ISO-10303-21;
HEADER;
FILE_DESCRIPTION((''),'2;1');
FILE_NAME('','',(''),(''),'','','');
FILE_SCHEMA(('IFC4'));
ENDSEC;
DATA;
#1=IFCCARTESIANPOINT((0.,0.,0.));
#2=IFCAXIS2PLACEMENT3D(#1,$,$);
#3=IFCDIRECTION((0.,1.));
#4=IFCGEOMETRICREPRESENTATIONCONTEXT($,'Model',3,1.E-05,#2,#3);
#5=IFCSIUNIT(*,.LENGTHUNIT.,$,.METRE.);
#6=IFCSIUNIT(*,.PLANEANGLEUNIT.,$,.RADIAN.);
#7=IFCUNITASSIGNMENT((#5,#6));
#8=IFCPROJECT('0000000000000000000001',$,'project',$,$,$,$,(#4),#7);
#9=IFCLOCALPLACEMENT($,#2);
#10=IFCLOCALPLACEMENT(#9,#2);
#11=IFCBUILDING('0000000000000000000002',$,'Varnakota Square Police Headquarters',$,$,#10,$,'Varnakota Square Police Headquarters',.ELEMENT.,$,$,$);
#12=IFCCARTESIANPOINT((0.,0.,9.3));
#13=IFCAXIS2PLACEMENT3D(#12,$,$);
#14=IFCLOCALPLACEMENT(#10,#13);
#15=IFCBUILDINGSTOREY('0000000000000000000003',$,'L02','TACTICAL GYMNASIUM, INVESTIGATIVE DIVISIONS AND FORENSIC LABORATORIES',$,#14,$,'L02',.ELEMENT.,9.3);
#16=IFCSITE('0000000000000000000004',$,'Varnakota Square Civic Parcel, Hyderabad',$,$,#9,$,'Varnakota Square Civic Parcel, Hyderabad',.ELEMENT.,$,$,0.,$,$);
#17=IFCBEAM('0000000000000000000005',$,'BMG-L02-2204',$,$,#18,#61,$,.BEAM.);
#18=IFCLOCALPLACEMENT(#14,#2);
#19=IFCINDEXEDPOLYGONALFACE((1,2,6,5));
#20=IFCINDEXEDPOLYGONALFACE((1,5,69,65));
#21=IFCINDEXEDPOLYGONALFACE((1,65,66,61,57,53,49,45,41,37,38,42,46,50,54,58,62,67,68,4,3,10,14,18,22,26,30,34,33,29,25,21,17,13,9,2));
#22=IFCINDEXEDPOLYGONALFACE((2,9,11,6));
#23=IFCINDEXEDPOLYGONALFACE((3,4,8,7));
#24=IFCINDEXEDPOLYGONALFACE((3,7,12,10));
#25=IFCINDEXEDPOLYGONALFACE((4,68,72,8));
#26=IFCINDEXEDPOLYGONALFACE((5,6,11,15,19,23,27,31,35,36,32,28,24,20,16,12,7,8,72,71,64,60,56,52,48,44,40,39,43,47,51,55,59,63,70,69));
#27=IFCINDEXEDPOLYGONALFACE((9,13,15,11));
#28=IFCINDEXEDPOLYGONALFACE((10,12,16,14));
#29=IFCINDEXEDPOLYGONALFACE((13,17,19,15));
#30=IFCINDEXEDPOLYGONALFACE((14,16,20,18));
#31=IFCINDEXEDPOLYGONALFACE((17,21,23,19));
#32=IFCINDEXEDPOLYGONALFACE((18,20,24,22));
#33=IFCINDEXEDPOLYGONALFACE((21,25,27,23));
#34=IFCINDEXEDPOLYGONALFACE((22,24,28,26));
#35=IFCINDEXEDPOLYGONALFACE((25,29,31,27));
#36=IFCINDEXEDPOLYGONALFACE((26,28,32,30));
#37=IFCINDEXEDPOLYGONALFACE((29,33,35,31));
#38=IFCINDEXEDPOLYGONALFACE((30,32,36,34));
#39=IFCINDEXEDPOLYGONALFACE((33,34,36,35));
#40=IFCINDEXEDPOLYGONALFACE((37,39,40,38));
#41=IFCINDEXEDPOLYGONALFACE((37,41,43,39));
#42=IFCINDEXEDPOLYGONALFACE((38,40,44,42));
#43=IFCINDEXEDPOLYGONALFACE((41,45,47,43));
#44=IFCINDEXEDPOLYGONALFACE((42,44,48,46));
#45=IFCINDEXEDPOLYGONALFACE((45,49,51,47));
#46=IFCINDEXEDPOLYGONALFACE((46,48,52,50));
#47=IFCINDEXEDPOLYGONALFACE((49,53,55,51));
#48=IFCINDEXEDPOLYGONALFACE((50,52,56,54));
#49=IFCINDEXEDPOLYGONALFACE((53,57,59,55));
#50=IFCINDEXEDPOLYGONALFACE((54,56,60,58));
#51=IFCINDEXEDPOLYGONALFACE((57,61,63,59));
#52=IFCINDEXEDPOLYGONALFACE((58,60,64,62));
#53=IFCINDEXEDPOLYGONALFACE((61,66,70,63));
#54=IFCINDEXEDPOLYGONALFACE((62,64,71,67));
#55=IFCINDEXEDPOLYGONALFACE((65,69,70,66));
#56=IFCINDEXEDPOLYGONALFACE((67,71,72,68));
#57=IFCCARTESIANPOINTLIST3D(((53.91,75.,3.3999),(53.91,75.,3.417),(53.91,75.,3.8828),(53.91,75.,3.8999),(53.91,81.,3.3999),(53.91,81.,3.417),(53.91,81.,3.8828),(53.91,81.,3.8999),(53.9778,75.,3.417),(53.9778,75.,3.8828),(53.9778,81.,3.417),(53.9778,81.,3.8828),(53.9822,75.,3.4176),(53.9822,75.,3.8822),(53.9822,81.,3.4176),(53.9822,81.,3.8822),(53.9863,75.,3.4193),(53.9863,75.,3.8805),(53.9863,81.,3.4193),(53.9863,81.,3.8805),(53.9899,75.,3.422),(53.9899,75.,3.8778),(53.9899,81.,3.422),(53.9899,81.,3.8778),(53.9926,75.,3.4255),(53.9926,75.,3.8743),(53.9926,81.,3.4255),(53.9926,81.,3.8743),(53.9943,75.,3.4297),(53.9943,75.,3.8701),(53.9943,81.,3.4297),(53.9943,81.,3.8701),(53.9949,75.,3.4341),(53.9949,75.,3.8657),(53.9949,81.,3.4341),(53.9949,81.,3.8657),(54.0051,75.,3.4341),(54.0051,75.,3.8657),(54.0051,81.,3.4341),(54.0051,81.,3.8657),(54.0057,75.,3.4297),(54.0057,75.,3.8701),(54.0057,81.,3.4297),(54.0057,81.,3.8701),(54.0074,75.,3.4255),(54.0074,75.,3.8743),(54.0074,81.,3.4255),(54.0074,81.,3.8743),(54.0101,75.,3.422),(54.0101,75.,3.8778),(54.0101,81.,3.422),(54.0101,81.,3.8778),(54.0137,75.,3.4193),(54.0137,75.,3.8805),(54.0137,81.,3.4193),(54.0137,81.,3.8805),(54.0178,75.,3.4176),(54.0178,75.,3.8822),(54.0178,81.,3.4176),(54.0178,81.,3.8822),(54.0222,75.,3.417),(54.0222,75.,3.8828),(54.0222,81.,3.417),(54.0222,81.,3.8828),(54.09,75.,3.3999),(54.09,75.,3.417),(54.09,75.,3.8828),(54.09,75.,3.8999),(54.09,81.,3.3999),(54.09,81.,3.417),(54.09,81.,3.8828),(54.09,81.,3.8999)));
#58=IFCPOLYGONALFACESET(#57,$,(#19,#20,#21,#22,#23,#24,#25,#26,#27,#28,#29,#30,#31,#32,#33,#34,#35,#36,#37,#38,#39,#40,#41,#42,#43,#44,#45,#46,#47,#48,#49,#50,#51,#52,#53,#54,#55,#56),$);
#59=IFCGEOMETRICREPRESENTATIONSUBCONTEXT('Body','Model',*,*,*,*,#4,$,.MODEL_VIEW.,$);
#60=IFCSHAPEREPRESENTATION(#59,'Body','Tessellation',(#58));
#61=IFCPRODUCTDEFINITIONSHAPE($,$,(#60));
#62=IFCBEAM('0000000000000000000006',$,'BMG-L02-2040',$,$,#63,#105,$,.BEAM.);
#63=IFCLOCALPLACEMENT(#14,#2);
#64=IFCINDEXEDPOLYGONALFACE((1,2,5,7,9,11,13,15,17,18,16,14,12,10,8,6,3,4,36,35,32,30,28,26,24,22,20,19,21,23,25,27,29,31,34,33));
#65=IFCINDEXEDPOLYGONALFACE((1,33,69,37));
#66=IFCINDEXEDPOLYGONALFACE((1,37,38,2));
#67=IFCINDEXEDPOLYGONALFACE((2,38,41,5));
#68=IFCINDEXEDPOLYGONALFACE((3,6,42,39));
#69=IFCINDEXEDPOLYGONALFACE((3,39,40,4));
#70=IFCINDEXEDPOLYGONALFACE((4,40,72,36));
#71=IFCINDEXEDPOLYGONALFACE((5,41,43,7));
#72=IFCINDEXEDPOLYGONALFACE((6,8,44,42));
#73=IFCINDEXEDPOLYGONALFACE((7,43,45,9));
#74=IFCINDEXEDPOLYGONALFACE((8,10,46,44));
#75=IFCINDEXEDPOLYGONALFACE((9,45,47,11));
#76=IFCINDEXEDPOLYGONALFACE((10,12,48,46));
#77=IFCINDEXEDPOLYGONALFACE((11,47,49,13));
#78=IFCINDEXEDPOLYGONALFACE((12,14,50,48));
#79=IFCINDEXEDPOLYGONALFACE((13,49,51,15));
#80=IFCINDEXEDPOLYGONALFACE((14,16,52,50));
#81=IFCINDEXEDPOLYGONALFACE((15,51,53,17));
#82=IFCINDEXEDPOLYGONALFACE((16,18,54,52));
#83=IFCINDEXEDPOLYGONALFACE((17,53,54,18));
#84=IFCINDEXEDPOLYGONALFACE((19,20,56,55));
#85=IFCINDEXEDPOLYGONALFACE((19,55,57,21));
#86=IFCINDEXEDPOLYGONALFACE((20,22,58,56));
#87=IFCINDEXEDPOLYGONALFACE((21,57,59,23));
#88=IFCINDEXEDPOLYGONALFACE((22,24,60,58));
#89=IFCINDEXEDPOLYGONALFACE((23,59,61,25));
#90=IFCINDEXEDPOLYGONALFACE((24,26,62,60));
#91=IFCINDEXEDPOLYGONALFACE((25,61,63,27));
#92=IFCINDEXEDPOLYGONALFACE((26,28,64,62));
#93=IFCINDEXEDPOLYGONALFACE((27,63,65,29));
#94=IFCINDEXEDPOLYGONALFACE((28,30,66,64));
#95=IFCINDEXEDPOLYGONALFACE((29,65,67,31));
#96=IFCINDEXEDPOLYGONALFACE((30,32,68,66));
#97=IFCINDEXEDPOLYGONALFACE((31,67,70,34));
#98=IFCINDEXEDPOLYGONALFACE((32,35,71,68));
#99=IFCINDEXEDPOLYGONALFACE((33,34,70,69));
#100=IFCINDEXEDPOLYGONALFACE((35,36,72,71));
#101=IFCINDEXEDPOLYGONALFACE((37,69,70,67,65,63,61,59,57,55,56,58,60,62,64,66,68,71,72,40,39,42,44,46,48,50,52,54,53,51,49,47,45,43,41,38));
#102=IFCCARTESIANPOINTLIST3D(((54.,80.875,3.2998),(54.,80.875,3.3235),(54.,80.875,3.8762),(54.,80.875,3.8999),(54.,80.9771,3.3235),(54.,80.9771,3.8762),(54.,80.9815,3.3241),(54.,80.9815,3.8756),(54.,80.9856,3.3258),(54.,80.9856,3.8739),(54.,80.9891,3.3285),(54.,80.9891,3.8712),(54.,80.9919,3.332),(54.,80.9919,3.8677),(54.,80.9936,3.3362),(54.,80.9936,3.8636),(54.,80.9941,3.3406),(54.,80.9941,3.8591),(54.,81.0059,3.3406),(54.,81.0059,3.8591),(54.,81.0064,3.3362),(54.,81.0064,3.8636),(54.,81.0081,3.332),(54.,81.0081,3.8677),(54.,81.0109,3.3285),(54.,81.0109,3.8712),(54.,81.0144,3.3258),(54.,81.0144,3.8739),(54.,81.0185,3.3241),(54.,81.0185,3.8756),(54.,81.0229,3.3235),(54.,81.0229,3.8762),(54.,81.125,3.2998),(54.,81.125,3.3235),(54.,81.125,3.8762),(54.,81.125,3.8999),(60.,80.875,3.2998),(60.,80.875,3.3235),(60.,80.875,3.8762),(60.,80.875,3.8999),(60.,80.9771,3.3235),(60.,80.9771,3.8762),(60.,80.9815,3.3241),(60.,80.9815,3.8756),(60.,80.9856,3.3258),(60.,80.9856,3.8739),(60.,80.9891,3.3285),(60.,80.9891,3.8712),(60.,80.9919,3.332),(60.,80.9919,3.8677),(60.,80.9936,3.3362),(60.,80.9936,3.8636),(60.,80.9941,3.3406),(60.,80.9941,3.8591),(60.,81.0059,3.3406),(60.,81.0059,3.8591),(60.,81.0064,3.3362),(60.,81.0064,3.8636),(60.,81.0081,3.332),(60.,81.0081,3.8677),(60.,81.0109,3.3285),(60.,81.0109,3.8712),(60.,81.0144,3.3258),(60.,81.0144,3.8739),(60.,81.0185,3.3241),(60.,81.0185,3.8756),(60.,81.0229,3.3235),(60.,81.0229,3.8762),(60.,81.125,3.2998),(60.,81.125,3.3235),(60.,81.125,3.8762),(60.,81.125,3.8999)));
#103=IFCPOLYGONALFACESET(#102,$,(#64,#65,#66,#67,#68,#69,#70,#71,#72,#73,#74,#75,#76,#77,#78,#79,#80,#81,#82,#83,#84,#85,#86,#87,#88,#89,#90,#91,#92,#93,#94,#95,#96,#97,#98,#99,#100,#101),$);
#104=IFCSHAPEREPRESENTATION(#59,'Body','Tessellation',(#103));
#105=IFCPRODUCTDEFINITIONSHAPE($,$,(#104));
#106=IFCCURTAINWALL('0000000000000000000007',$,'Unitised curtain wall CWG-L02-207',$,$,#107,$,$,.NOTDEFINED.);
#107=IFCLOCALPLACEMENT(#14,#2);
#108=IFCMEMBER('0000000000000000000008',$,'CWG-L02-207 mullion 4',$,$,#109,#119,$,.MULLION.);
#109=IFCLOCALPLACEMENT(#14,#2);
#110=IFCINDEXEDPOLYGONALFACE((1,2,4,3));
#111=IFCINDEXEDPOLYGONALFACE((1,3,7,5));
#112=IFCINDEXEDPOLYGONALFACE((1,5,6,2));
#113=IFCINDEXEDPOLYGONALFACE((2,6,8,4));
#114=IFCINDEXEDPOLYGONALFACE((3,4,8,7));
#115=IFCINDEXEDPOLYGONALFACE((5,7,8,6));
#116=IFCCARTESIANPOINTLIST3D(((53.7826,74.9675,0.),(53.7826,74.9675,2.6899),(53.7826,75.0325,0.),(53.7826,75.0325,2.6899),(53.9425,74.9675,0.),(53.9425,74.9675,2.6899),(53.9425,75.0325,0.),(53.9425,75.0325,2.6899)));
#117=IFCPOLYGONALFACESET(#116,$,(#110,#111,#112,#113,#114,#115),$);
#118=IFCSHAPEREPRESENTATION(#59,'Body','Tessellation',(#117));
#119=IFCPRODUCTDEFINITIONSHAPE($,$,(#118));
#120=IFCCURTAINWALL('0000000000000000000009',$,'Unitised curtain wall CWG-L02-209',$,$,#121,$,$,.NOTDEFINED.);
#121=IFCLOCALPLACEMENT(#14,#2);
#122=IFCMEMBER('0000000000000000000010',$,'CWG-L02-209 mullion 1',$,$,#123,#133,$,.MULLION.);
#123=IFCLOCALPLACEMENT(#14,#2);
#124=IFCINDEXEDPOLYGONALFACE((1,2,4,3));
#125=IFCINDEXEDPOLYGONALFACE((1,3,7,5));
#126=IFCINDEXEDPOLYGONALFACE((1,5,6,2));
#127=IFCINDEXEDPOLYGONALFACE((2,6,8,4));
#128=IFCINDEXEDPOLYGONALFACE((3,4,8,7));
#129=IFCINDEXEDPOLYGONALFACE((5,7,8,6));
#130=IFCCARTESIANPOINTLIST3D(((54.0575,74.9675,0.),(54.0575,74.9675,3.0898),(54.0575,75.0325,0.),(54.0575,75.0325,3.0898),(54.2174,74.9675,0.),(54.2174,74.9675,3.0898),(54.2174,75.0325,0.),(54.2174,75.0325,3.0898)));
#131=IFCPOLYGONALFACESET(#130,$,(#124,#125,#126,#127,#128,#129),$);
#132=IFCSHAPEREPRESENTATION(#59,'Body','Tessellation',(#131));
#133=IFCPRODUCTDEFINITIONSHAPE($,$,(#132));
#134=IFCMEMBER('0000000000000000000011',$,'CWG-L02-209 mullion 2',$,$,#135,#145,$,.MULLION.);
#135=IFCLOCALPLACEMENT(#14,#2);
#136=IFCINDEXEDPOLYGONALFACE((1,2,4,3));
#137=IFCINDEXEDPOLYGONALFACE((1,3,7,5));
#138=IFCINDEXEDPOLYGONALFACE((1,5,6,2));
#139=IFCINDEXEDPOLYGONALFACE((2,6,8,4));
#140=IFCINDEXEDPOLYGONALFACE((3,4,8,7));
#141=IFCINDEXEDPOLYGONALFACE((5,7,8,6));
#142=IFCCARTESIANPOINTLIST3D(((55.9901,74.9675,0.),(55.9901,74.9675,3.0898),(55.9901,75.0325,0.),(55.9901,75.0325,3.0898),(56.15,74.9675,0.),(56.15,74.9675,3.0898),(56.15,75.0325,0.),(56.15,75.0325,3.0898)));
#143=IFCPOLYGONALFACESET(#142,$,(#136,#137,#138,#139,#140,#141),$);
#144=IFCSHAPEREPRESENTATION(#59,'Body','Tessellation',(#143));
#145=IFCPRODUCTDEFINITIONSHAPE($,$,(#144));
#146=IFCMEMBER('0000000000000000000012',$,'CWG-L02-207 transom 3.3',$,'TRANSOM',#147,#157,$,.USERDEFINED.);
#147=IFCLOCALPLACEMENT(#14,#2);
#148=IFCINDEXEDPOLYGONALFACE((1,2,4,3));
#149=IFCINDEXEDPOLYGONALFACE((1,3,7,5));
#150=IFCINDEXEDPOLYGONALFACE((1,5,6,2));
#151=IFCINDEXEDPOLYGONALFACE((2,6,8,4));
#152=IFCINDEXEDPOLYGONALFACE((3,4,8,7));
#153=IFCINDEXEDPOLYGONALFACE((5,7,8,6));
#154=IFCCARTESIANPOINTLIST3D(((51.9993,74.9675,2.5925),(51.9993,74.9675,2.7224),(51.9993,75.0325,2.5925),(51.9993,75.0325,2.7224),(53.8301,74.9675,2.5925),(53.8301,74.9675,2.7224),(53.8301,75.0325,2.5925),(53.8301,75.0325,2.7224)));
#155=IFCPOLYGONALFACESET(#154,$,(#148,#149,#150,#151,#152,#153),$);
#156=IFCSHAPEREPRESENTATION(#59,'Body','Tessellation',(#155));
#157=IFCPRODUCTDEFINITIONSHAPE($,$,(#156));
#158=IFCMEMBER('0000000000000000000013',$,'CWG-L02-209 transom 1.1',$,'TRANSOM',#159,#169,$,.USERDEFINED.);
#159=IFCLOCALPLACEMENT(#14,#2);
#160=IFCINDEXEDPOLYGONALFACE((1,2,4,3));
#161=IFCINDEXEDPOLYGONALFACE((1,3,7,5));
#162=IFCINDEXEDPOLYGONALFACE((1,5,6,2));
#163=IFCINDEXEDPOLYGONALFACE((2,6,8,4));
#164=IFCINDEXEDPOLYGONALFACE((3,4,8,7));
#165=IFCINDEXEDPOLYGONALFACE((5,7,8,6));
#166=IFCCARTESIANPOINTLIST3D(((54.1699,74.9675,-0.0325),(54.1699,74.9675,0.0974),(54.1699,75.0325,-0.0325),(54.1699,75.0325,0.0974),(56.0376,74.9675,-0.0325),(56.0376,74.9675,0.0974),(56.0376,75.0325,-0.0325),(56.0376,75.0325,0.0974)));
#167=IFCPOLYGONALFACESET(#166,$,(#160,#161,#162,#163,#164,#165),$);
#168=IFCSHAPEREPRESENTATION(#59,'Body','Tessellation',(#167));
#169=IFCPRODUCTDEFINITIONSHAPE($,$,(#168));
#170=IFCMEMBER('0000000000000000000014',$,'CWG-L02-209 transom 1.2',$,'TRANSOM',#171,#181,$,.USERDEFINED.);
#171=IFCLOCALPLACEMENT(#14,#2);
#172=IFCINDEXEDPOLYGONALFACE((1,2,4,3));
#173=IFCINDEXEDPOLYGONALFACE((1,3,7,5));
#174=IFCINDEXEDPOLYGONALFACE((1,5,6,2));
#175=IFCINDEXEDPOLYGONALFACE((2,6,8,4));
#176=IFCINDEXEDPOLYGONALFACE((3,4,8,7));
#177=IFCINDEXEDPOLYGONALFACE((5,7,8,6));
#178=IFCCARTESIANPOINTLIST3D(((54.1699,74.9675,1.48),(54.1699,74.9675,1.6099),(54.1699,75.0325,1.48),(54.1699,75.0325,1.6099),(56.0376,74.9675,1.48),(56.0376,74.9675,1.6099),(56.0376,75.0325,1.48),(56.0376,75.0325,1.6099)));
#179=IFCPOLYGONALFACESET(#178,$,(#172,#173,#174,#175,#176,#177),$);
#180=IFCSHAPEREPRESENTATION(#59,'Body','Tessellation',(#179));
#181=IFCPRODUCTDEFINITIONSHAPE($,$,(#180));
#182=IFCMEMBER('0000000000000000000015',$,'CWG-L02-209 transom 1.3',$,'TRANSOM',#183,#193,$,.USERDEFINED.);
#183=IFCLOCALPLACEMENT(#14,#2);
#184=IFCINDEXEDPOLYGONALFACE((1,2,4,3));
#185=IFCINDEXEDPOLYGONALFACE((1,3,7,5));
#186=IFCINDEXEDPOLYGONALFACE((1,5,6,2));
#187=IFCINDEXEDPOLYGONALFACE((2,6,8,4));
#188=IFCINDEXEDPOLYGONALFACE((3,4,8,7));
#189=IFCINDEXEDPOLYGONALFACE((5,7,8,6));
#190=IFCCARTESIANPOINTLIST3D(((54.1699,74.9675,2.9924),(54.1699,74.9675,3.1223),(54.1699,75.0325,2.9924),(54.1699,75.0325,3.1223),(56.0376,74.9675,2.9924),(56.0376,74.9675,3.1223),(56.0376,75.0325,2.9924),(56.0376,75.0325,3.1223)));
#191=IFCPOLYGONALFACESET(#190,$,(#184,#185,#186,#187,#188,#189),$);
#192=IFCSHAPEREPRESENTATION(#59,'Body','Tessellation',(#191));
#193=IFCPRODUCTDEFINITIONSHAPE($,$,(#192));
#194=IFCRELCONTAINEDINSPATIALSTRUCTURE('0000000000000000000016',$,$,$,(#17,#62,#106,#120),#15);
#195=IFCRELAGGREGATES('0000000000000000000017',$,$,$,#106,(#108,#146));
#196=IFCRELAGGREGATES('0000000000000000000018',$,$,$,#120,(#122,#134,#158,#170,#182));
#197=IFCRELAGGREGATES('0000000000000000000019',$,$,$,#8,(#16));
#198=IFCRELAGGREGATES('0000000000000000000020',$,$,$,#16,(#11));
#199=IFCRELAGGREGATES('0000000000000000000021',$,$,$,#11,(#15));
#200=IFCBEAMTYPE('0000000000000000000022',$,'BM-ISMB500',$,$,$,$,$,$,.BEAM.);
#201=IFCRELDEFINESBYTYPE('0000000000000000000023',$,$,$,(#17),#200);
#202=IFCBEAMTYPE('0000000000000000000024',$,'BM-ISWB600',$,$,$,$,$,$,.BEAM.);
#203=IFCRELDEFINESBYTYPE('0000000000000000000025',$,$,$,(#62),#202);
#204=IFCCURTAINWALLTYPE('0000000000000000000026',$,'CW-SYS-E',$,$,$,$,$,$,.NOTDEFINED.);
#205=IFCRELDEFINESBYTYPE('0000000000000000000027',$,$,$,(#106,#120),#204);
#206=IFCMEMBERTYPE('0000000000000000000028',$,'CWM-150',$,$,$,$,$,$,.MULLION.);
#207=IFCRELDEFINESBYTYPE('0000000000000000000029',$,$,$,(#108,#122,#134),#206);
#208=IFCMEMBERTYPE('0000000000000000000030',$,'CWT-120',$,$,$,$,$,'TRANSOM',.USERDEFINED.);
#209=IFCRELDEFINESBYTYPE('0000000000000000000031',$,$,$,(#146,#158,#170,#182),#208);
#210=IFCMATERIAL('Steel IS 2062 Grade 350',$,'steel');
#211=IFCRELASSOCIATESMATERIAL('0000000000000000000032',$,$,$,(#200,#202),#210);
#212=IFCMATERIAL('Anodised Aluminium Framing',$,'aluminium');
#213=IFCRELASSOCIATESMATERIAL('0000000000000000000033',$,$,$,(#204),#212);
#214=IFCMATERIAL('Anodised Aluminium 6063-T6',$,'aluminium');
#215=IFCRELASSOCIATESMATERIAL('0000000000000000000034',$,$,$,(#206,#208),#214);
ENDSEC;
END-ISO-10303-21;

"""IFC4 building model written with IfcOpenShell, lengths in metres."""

from ifc_helpers import new_model, si_unit, direction, frame, origin, origin_2d, place, context, subcontext, project, spatial, rectangle, i_section, extrude, material, material_profile, profile_set, type_object, element, aggregate, save


model = new_model("IFC4")

# Units and contexts
model_context = context("Model", 3, precision=1e-05, world=origin(), true_north=direction((0.0, 1.0)))
body_context = subcontext(model_context, "Body", "Model", "MODEL_VIEW")
ifc_project = project(units=[si_unit("LENGTHUNIT", "METRE"), si_unit("PLANEANGLEUNIT", "RADIAN")], contexts=[model_context])

# Site, building, storey
site_placement = place(None, origin())
site = spatial("IfcSite", under=ifc_project, at=site_placement, Name="Varnakota Square Civic Parcel, Hyderabad", LongName="Varnakota Square Civic Parcel, Hyderabad", CompositionType="ELEMENT", RefElevation=0.0)
building_placement = place(site_placement, origin())
building = spatial("IfcBuilding", under=site, at=building_placement, Name="Varnakota Square Police Headquarters", LongName="Varnakota Square Police Headquarters", CompositionType="ELEMENT")
storey_placement = place(building_placement, frame((0.0, 0.0, 9.3)))
storey = spatial("IfcBuildingStorey", under=building, at=storey_placement, Name="L02", Description="TACTICAL GYMNASIUM, INVESTIGATIVE DIVISIONS AND FORENSIC LABORATORIES", LongName="L02", CompositionType="ELEMENT", Elevation=9.3)

# Shared definitions
ifc_material_1 = material(Name="Steel IS 2062 Grade 350", Category="steel")

# Beams
ifc_material_profile_1 = material_profile(ifc_material_1, i_section(OverallWidth=0.1799, OverallDepth=0.5, WebThickness=0.0103, FlangeThickness=0.0171, FilletRadius=0.0171, at=origin_2d()), Name="ISMB 500")
ifc_profile_set_1 = profile_set([ifc_material_profile_1], Name="Steel IS 2062 Grade 350")
beam_type_1 = type_object("IfcBeamType", Name="BM-ISMB500", PredefinedType="BEAM", material=ifc_profile_set_1)
beam_1_placement = place(storey_placement, frame((54.0, 75.0, 3.6499), z_axis=(0.0, 1.0, 0.0), x_axis=(-1.0, 0.0, 0.0)))
element("IfcBeam", 1, at=beam_1_placement, inside=storey, type_object=beam_type_1, Name="BMG-L02-2204", PredefinedType="BEAM", context=body_context, shape_type="SweptSolid", body=[
    extrude(i_section(OverallWidth=0.1799, OverallDepth=0.5, WebThickness=0.0103, FlangeThickness=0.0171, FilletRadius=0.0171, at=origin_2d()), origin(), (0.0, 0.0, 1.0), 6.0),
])
ifc_material_profile_2 = material_profile(ifc_material_1, i_section(OverallWidth=0.25, OverallDepth=0.6001, WebThickness=0.0117, FlangeThickness=0.0237, FilletRadius=0.0171, at=origin_2d()), Name="ISWB 600")
ifc_profile_set_2 = profile_set([ifc_material_profile_2], Name="Steel IS 2062 Grade 350")
beam_type_2 = type_object("IfcBeamType", Name="BM-ISWB600", PredefinedType="BEAM", material=ifc_profile_set_2)
beam_2_placement = place(storey_placement, frame((54.0, 81.0, 3.5999), z_axis=(1.0, 0.0, 0.0), x_axis=(0.0, 1.0, 0.0)))
element("IfcBeam", 2, at=beam_2_placement, inside=storey, type_object=beam_type_2, Name="BMG-L02-2040", PredefinedType="BEAM", context=body_context, shape_type="SweptSolid", body=[
    extrude(i_section(OverallWidth=0.25, OverallDepth=0.6001, WebThickness=0.0117, FlangeThickness=0.0237, FilletRadius=0.0171, at=origin_2d()), origin(), (0.0, 0.0, 1.0), 6.0),
])

# Curtain wall, member
ifc_material_2 = material(Name="Anodised Aluminium Framing", Category="aluminium")
curtain_wall_type = type_object("IfcCurtainWallType", Name="CW-SYS-E", PredefinedType="NOTDEFINED", material=ifc_material_2)
curtain_wall_1_placement = place(storey_placement, origin())
curtain_wall_1 = element("IfcCurtainWall", 3, at=curtain_wall_1_placement, inside=storey, type_object=curtain_wall_type, Name="Unitised curtain wall CWG-L02-207", PredefinedType="NOTDEFINED")
ifc_material_3 = material(Name="Anodised Aluminium 6063-T6", Category="aluminium")
ifc_material_profile_3 = material_profile(ifc_material_3, rectangle(XDim=0.0649, YDim=0.1599, at=origin_2d()), Name="ALU MULLION 65x160")
ifc_profile_set_3 = profile_set([ifc_material_profile_3], Name="Anodised Aluminium 6063-T6")
member_type_1 = type_object("IfcMemberType", Name="CWM-150", PredefinedType="MULLION", material=ifc_profile_set_3)
member_1_placement = place(storey_placement, frame((53.8625, 75.0, 0.0), z_axis=(0.0, 0.0, 1.0), x_axis=(0.0, 1.0, 0.0)))
member_1 = element("IfcMember", 4, at=member_1_placement, type_object=member_type_1, Name="CWG-L02-207 mullion 4", PredefinedType="MULLION", context=body_context, shape_type="SweptSolid", body=[
    extrude(rectangle(XDim=0.0649, YDim=0.1599, at=origin_2d()), origin(), (0.0, 0.0, 1.0), 2.6899),
])

# Curtain wall, members
curtain_wall_2_placement = place(storey_placement, origin())
curtain_wall_2 = element("IfcCurtainWall", 5, at=curtain_wall_2_placement, inside=storey, type_object=curtain_wall_type, Name="Unitised curtain wall CWG-L02-209", PredefinedType="NOTDEFINED")
member_2_placement = place(storey_placement, frame((54.1375, 75.0, 0.0), z_axis=(0.0, 0.0, 1.0), x_axis=(0.0, 1.0, 0.0)))
member_2 = element("IfcMember", 6, at=member_2_placement, type_object=member_type_1, Name="CWG-L02-209 mullion 1", PredefinedType="MULLION", context=body_context, shape_type="SweptSolid", body=[
    extrude(rectangle(XDim=0.0649, YDim=0.1599, at=origin_2d()), origin(), (0.0, 0.0, 1.0), 3.0898),
])
member_3_placement = place(storey_placement, frame((56.0701, 75.0, 0.0), z_axis=(0.0, 0.0, 1.0), x_axis=(0.0, 1.0, 0.0)))
member_3 = element("IfcMember", 7, at=member_3_placement, type_object=member_type_1, Name="CWG-L02-209 mullion 2", PredefinedType="MULLION", context=body_context, shape_type="SweptSolid", body=[
    extrude(rectangle(XDim=0.0649, YDim=0.1599, at=origin_2d()), origin(), (0.0, 0.0, 1.0), 3.0898),
])

# Members
ifc_material_profile_4 = material_profile(ifc_material_3, rectangle(XDim=0.0649, YDim=0.1299, at=origin_2d()), Name="ALU TRANSOM 65x130")
ifc_profile_set_4 = profile_set([ifc_material_profile_4], Name="Anodised Aluminium 6063-T6")
member_type_2 = type_object("IfcMemberType", Name="CWT-120", ElementType="TRANSOM", PredefinedType="USERDEFINED", material=ifc_profile_set_4)
member_4_placement = place(storey_placement, frame((51.9993, 75.0, 2.6575), z_axis=(1.0, 0.0, 0.0), x_axis=(0.0, 1.0, 0.0)))
member_4 = element("IfcMember", 8, at=member_4_placement, type_object=member_type_2, Name="CWG-L02-207 transom 3.3", ObjectType="TRANSOM", PredefinedType="USERDEFINED", context=body_context, shape_type="SweptSolid", body=[
    extrude(rectangle(XDim=0.0649, YDim=0.1299, at=origin_2d()), origin(), (0.0, 0.0, 1.0), 1.8308),
])
member_5_placement = place(storey_placement, frame((54.1699, 75.0, 0.0325), z_axis=(1.0, 0.0, 0.0), x_axis=(0.0, 1.0, 0.0)))
member_5 = element("IfcMember", 9, at=member_5_placement, type_object=member_type_2, Name="CWG-L02-209 transom 1.1", ObjectType="TRANSOM", PredefinedType="USERDEFINED", context=body_context, shape_type="SweptSolid", body=[
    extrude(rectangle(XDim=0.0649, YDim=0.1299, at=origin_2d()), origin(), (0.0, 0.0, 1.0), 1.8677),
])
member_6_placement = place(storey_placement, frame((54.1699, 75.0, 1.5449), z_axis=(1.0, 0.0, 0.0), x_axis=(0.0, 1.0, 0.0)))
member_6 = element("IfcMember", 10, at=member_6_placement, type_object=member_type_2, Name="CWG-L02-209 transom 1.2", ObjectType="TRANSOM", PredefinedType="USERDEFINED", context=body_context, shape_type="SweptSolid", body=[
    extrude(rectangle(XDim=0.0649, YDim=0.1299, at=origin_2d()), origin(), (0.0, 0.0, 1.0), 1.8677),
])
member_7_placement = place(storey_placement, frame((54.1699, 75.0, 3.0574), z_axis=(1.0, 0.0, 0.0), x_axis=(0.0, 1.0, 0.0)))
member_7 = element("IfcMember", 11, at=member_7_placement, type_object=member_type_2, Name="CWG-L02-209 transom 1.3", ObjectType="TRANSOM", PredefinedType="USERDEFINED", context=body_context, shape_type="SweptSolid", body=[
    extrude(rectangle(XDim=0.0649, YDim=0.1299, at=origin_2d()), origin(), (0.0, 0.0, 1.0), 1.8677),
])

aggregate(curtain_wall_1, [member_1, member_4])
aggregate(curtain_wall_2, [member_2, member_3, member_5, member_6, member_7])

save(model, "model.ifc")
